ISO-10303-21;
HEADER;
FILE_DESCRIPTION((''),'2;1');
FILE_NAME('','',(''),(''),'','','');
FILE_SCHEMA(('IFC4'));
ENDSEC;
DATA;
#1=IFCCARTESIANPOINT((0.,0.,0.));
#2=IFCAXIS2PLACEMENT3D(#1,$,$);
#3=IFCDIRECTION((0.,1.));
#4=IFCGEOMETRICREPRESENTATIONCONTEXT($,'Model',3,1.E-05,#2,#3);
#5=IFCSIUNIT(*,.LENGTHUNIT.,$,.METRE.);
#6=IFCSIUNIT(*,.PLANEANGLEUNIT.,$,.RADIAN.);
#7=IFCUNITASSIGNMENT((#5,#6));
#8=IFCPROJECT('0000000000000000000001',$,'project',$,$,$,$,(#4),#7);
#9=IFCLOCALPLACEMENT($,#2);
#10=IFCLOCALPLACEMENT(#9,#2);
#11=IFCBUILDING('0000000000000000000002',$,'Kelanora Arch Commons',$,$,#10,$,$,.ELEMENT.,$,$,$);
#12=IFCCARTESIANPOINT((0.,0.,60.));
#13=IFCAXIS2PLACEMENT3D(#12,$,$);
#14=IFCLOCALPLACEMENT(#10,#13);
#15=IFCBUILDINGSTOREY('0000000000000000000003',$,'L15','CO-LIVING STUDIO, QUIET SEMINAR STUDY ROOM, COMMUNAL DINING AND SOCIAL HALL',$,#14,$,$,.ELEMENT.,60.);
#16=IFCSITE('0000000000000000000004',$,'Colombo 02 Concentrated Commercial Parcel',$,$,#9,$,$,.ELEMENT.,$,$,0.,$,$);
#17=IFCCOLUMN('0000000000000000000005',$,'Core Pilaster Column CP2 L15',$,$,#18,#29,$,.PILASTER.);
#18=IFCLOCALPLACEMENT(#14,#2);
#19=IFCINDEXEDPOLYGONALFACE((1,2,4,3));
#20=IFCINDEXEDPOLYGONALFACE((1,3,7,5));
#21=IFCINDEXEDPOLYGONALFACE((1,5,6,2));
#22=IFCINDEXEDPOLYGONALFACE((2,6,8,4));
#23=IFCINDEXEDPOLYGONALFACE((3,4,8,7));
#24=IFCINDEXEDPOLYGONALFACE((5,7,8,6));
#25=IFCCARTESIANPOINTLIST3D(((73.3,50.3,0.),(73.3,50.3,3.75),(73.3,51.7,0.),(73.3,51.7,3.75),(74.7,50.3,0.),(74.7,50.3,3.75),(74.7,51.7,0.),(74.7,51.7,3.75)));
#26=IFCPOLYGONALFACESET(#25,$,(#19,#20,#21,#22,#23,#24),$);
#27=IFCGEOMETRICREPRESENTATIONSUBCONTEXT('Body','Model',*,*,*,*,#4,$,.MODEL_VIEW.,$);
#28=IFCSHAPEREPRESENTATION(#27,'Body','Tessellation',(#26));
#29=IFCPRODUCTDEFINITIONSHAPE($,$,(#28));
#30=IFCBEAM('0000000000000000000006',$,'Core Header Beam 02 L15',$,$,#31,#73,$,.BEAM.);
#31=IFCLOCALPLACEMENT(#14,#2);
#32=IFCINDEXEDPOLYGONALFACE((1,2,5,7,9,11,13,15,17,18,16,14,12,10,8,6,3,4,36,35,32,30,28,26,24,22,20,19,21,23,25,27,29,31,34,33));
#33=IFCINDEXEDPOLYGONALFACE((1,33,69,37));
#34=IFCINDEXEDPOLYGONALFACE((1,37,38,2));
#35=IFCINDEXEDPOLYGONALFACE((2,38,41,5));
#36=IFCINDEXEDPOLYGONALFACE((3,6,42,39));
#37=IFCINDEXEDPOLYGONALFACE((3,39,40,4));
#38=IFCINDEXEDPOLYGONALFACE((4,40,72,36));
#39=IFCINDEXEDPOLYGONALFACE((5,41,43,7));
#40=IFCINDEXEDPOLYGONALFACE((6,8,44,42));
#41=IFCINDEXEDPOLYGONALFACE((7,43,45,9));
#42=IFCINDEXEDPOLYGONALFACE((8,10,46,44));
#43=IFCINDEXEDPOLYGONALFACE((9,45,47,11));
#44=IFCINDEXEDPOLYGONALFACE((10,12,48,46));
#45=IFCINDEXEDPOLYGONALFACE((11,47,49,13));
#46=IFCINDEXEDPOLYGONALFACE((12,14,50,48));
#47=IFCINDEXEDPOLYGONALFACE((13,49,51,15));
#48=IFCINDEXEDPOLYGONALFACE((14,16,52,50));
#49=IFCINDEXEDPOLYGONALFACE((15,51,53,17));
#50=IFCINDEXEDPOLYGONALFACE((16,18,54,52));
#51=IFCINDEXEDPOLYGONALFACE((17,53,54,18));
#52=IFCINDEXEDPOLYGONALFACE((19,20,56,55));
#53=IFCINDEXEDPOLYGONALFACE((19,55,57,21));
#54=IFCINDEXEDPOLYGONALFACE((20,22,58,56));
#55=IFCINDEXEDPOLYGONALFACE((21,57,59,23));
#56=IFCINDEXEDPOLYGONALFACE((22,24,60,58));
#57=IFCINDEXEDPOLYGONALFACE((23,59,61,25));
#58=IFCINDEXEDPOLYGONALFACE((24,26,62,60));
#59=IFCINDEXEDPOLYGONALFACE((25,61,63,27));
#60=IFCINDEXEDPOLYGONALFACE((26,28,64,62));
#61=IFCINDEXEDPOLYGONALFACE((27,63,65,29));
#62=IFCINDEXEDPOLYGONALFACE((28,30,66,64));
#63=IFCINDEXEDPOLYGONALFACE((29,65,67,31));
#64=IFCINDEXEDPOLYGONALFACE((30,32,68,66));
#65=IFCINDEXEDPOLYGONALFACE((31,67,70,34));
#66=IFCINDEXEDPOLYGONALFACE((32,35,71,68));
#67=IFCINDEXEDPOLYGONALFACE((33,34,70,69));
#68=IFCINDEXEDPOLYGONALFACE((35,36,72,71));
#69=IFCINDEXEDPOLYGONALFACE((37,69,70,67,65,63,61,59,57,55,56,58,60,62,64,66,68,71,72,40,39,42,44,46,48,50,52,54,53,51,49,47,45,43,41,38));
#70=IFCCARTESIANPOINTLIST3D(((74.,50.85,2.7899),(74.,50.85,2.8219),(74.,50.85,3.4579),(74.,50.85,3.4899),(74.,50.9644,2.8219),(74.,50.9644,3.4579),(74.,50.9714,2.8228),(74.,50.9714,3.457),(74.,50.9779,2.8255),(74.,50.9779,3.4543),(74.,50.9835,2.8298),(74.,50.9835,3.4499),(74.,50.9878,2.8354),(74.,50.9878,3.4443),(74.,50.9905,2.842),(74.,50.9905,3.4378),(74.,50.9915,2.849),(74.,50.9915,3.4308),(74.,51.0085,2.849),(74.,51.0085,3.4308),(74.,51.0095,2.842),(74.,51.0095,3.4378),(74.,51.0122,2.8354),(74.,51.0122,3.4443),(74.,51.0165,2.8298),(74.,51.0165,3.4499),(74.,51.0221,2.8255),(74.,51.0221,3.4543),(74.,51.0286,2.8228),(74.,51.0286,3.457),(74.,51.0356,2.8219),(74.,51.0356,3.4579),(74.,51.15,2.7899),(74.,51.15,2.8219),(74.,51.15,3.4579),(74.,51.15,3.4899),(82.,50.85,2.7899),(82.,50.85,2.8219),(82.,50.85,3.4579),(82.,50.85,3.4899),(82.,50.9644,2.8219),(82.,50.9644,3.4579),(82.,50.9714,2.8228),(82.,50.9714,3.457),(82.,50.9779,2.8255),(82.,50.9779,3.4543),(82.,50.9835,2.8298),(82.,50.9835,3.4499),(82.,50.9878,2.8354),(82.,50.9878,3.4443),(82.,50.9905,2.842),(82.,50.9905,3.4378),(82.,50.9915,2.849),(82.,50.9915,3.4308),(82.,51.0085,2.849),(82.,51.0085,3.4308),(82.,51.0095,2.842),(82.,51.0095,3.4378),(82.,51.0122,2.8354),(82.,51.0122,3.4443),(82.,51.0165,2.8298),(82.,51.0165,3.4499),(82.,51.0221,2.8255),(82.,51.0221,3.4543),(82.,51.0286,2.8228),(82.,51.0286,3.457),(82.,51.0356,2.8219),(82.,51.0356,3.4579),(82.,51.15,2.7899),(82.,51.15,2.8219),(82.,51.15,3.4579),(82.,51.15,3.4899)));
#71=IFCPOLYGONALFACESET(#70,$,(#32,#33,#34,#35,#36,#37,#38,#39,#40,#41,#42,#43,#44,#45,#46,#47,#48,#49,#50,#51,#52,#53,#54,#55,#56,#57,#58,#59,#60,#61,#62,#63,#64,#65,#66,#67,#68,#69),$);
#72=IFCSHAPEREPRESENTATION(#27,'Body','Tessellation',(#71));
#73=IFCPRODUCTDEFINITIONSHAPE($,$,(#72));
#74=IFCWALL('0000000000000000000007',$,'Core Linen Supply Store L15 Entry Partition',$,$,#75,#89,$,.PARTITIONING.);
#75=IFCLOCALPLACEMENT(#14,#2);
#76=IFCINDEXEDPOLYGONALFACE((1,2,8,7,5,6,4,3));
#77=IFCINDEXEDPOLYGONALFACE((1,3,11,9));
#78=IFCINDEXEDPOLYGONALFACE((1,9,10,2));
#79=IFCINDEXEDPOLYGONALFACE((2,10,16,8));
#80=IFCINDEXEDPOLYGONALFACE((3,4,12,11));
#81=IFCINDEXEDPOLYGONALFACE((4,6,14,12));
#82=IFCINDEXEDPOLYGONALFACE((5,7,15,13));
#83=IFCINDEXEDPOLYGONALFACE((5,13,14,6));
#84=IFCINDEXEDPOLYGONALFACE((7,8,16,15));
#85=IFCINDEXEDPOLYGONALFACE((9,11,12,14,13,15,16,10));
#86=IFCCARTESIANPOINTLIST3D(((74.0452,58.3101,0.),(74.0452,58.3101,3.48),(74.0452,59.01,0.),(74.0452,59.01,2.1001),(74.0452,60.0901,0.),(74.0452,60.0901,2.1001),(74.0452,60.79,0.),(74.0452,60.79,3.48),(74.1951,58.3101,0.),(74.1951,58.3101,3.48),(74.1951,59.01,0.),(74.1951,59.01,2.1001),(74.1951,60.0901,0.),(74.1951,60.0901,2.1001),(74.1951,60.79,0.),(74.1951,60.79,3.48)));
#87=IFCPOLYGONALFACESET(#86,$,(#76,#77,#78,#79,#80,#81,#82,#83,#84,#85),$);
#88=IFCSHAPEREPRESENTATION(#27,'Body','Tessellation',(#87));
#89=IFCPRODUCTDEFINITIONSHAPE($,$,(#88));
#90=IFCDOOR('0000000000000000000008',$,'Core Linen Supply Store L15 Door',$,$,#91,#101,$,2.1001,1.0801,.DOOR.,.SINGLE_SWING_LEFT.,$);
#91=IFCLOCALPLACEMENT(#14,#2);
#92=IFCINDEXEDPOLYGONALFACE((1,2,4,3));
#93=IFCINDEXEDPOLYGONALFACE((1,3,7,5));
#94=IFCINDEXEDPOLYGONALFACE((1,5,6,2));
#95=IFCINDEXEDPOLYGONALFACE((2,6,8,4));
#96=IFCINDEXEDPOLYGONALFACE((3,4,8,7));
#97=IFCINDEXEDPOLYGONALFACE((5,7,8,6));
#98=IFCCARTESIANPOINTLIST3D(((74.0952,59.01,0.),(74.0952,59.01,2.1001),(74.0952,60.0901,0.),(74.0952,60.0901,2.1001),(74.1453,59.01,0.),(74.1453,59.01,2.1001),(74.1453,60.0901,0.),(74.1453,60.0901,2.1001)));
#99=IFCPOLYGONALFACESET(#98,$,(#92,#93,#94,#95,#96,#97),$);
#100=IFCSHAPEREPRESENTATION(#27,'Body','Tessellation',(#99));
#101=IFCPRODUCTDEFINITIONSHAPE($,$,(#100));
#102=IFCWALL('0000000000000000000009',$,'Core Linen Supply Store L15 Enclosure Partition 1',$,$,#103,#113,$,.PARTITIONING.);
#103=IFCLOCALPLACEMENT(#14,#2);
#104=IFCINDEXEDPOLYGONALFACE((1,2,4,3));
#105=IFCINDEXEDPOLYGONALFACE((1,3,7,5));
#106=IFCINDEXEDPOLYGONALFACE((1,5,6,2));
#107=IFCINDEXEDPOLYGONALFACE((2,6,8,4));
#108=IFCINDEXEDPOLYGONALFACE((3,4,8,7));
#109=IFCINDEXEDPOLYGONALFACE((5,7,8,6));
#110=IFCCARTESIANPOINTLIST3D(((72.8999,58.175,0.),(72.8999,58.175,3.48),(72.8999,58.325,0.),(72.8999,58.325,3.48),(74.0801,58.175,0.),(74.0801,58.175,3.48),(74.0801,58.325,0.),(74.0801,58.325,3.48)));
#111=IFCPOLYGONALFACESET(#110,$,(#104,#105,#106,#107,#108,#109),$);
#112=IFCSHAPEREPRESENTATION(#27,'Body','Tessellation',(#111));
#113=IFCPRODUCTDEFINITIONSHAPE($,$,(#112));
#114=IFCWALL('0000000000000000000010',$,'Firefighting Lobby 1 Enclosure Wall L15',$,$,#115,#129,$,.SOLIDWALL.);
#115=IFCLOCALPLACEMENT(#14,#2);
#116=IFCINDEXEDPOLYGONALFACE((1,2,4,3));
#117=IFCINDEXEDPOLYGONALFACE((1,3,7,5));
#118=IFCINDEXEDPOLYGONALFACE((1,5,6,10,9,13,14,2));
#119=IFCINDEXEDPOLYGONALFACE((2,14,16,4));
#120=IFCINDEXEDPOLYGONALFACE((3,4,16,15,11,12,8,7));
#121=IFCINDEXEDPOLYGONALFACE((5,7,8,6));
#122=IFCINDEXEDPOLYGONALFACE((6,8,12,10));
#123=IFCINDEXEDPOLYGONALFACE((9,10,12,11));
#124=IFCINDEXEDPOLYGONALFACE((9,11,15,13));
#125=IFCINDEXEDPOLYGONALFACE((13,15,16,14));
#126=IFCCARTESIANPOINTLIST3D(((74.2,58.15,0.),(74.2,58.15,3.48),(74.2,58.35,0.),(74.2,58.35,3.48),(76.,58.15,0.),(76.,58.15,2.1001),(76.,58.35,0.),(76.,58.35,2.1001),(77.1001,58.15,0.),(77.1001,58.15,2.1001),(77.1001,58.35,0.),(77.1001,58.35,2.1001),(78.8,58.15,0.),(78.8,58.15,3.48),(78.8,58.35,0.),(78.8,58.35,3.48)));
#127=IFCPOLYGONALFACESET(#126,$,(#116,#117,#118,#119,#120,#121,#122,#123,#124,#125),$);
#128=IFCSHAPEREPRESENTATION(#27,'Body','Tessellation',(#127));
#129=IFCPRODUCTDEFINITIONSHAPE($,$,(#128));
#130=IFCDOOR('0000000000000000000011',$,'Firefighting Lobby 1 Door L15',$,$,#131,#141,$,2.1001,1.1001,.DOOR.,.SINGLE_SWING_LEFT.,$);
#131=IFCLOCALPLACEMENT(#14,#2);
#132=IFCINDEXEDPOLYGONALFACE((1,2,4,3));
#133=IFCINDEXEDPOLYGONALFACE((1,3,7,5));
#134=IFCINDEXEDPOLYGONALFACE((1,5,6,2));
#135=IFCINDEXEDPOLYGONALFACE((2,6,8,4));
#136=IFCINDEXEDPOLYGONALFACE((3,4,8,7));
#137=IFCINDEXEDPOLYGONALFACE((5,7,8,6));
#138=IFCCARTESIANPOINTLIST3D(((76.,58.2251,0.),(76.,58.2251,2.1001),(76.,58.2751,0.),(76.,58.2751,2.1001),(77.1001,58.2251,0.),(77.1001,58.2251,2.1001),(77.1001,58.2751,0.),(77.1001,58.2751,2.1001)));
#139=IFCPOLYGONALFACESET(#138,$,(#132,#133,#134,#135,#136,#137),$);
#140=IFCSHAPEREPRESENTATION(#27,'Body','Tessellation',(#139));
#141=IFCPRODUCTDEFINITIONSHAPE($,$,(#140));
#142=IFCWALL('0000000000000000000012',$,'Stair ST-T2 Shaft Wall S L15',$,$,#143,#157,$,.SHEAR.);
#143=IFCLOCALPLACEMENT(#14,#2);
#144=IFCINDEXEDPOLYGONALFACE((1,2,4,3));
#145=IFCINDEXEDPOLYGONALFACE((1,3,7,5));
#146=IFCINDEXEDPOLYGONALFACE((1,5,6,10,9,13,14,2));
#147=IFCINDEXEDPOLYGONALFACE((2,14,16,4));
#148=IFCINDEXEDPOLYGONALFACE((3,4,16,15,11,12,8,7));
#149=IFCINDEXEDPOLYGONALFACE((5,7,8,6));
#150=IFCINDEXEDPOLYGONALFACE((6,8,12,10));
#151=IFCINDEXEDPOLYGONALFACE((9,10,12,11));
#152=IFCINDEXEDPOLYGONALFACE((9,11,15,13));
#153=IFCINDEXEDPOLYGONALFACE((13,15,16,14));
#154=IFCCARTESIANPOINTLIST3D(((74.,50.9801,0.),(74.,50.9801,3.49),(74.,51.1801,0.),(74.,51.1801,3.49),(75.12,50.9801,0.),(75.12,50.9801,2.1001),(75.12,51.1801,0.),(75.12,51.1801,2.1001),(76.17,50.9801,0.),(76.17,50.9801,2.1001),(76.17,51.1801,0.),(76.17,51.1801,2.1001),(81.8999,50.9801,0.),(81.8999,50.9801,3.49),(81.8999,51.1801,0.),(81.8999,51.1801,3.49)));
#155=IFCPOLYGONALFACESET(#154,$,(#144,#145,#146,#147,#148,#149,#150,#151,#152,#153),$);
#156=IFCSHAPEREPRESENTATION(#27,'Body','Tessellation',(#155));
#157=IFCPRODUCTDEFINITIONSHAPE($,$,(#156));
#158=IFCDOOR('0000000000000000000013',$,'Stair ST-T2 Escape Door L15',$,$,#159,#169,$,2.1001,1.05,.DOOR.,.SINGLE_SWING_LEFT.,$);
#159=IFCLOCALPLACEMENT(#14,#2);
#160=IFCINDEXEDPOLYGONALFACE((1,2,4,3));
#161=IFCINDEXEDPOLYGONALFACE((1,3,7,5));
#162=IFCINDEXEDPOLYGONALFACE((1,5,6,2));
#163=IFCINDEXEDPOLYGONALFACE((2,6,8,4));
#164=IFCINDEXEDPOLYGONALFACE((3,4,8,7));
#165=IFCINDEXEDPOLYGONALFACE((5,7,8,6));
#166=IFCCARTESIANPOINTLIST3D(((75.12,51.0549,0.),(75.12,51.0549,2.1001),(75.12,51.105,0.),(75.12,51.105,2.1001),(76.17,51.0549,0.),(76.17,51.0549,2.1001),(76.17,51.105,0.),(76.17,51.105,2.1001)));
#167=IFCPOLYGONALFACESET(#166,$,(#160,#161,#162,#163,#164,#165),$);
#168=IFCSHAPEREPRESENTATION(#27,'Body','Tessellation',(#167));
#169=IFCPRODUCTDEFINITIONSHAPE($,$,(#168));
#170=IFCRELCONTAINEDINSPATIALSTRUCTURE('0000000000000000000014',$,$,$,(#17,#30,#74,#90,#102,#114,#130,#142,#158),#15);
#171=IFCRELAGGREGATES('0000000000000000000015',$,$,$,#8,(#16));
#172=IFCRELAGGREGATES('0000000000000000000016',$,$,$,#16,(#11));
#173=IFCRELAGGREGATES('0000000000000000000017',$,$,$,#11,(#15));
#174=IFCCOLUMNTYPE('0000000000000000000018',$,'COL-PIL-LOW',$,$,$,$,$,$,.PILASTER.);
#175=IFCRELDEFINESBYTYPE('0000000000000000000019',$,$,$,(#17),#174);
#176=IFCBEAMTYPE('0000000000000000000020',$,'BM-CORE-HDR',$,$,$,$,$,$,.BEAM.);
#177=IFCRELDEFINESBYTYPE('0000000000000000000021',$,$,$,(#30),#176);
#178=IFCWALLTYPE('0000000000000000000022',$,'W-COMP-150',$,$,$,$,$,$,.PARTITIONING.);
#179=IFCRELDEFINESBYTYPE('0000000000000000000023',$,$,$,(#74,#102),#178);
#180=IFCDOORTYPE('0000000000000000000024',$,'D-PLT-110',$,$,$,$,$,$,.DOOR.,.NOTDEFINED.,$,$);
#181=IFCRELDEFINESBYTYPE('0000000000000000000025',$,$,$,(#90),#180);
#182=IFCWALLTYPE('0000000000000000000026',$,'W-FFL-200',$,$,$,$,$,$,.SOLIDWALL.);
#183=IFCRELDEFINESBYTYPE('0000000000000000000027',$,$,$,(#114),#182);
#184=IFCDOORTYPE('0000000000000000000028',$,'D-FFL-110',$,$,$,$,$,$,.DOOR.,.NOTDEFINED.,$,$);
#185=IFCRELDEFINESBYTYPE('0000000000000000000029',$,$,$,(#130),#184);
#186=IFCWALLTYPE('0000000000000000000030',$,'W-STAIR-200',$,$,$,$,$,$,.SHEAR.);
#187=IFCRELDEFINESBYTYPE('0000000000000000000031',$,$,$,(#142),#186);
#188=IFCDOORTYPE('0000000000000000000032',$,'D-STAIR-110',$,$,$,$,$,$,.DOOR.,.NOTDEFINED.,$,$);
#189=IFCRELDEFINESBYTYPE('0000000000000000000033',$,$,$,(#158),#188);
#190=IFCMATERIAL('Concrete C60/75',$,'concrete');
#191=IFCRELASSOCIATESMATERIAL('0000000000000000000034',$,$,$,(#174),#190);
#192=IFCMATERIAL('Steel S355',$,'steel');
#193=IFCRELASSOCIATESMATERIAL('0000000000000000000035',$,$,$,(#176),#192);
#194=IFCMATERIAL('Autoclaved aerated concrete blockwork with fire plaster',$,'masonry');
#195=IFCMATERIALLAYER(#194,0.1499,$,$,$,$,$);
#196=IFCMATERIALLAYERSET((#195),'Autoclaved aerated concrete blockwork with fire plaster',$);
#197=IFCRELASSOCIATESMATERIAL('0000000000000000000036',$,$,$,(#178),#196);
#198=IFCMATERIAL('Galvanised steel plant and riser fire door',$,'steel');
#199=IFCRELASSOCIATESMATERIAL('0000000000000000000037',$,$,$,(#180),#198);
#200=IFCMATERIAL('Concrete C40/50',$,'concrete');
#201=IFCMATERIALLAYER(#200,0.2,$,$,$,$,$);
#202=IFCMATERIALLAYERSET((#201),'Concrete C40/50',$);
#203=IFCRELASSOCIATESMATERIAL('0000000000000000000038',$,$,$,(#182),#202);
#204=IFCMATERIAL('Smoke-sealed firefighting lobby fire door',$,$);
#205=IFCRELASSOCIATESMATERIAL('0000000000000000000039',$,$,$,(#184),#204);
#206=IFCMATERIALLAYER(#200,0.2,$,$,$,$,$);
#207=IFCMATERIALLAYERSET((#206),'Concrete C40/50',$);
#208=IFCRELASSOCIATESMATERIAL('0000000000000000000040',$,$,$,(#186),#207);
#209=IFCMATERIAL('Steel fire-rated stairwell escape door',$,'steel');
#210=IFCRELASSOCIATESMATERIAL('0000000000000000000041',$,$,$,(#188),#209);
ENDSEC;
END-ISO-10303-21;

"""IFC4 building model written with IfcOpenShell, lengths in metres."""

from ifc_helpers import new_model, si_unit, direction, frame, frame_2d, origin, origin_2d, place, context, subcontext, project, spatial, rectangle, i_section, extrude, material, layer, layer_set, material_profile, profile_set, type_object, element, fill, save


model = new_model("IFC4")

# Units and contexts
model_context = context("Model", 3, precision=1e-05, world=origin(), true_north=direction((0.0, 1.0)))
body_context = subcontext(model_context, "Body", "Model", "MODEL_VIEW")
ifc_project = project(units=[si_unit("LENGTHUNIT", "METRE"), si_unit("PLANEANGLEUNIT", "RADIAN")], contexts=[model_context])

# Site, building, storey
site_placement = place(None, origin())
site = spatial("IfcSite", under=ifc_project, at=site_placement, Name="Colombo 02 Concentrated Commercial Parcel", CompositionType="ELEMENT", RefElevation=0.0)
building_placement = place(site_placement, origin())
building = spatial("IfcBuilding", under=site, at=building_placement, Name="Kelanora Arch Commons", CompositionType="ELEMENT")
storey_placement = place(building_placement, frame((0.0, 0.0, 60.0)))
storey = spatial("IfcBuildingStorey", under=building, at=storey_placement, Name="L15", Description="CO-LIVING STUDIO, QUIET SEMINAR STUDY ROOM, COMMUNAL DINING AND SOCIAL HALL", CompositionType="ELEMENT", Elevation=60.0)

# Column
ifc_material_1 = material(Name="Concrete C60/75", Category="concrete")
ifc_material_profile_1 = material_profile(ifc_material_1, rectangle(XDim=1.3999, YDim=1.3999, at=origin_2d()), Name="RC1400x1400")
ifc_profile_set_1 = profile_set([ifc_material_profile_1], Name="Concrete C60/75")
column_type = type_object("IfcColumnType", Name="COL-PIL-LOW", PredefinedType="PILASTER", material=ifc_profile_set_1)
column_placement = place(storey_placement, frame((74.0, 51.0, 0.0), z_axis=(0.0, 0.0, 1.0), x_axis=(1.0, 0.0, 0.0)))
element("IfcColumn", 1, at=column_placement, inside=storey, type_object=column_type, Name="Core Pilaster Column CP2 L15", PredefinedType="PILASTER", context=body_context, shape_type="SweptSolid", body=[
    extrude(rectangle(XDim=1.3999, YDim=1.3999, at=origin_2d()), origin(), (0.0, 0.0, 1.0), 3.75),
])

# Beam
ifc_material_2 = material(Name="Steel S355", Category="steel")
ifc_material_profile_2 = material_profile(ifc_material_2, i_section(OverallWidth=0.3, OverallDepth=0.7, WebThickness=0.0171, FlangeThickness=0.032, FilletRadius=0.0271, at=origin_2d()), Name="HEB700")
ifc_profile_set_2 = profile_set([ifc_material_profile_2], Name="Steel S355")
beam_type = type_object("IfcBeamType", Name="BM-CORE-HDR", PredefinedType="BEAM", material=ifc_profile_set_2)
beam_placement = place(storey_placement, frame((74.0, 51.0, 3.1399), z_axis=(1.0, 0.0, 0.0), x_axis=(0.0, 1.0, 0.0)))
element("IfcBeam", 2, at=beam_placement, inside=storey, type_object=beam_type, Name="Core Header Beam 02 L15", PredefinedType="BEAM", context=body_context, shape_type="SweptSolid", body=[
    extrude(i_section(OverallWidth=0.3, OverallDepth=0.7, WebThickness=0.0171, FlangeThickness=0.032, FilletRadius=0.0271, at=origin_2d()), origin(), (0.0, 0.0, 1.0), 8.0),
])

# Wall, opening, door
ifc_material_3 = material(Name="Autoclaved aerated concrete blockwork with fire plaster", Category="masonry")
ifc_layer_1 = layer(ifc_material_3, 0.1499)
ifc_layer_set_1 = layer_set([ifc_layer_1], Name="Autoclaved aerated concrete blockwork with fire plaster")
wall_type_1 = type_object("IfcWallType", Name="W-COMP-150", PredefinedType="PARTITIONING", material=ifc_layer_set_1)
wall_1_placement = place(storey_placement, frame((74.1201, 58.3101, 0.0), z_axis=(0.0, 0.0, 1.0), x_axis=(0.0, 1.0, 0.0)))
wall_1 = element("IfcWall", 3, at=wall_1_placement, inside=storey, type_object=wall_type_1, Name="Core Linen Supply Store L15 Entry Partition", PredefinedType="PARTITIONING", context=body_context, shape_type="SweptSolid", body=[
    extrude(rectangle(XDim=2.48, YDim=0.1499, at=frame_2d((1.24, 0.0))), origin(), (0.0, 0.0, 1.0), 3.48),
])
opening_1_placement = place(wall_1_placement, frame((0.7, 0.0, 0.0)))
opening_1 = element("IfcOpeningElement", 4, at=opening_1_placement, cuts=wall_1, PredefinedType="OPENING", context=body_context, shape_type="SweptSolid", body=[
    extrude(rectangle(XDim=1.0801, YDim=2.1001, at=frame_2d((0.54, 1.05))), frame((0.0, 0.085, 0.0), z_axis=(0.0, -1.0, 0.0), x_axis=(1.0, 0.0, 0.0)), (0.0, 0.0, 1.0), 0.1699),
])
ifc_material_4 = material(Name="Galvanised steel plant and riser fire door", Category="steel")
door_type_1 = type_object("IfcDoorType", Name="D-PLT-110", OperationType="NOTDEFINED", PredefinedType="DOOR", material=ifc_material_4)
door_1_placement = place(opening_1_placement, origin())
door_1 = element("IfcDoor", 5, at=door_1_placement, inside=storey, type_object=door_type_1, Name="Core Linen Supply Store L15 Door", OperationType="SINGLE_SWING_LEFT", OverallHeight=2.1001, OverallWidth=1.0801, PredefinedType="DOOR", context=body_context, shape_type="SweptSolid", body=[
    extrude(rectangle(XDim=1.0801, YDim=2.1001, at=frame_2d((0.54, 1.05))), frame((0.0, 0.0249, 0.0), z_axis=(0.0, -1.0, 0.0), x_axis=(1.0, 0.0, 0.0)), (0.0, 0.0, 1.0), 0.05),
])
fill(opening_1, door_1)

# Wall
wall_2_placement = place(storey_placement, frame((72.8999, 58.25, 0.0), z_axis=(0.0, 0.0, 1.0), x_axis=(1.0, 0.0, 0.0)))
element("IfcWall", 6, at=wall_2_placement, inside=storey, type_object=wall_type_1, Name="Core Linen Supply Store L15 Enclosure Partition 1", PredefinedType="PARTITIONING", context=body_context, shape_type="SweptSolid", body=[
    extrude(rectangle(XDim=1.1802, YDim=0.1499, at=frame_2d((0.5901, 0.0))), origin(), (0.0, 0.0, 1.0), 3.48),
])

# Walls, openings, doors
ifc_material_5 = material(Name="Concrete C40/50", Category="concrete")
ifc_layer_2 = layer(ifc_material_5, 0.2)
ifc_layer_set_2 = layer_set([ifc_layer_2], Name="Concrete C40/50")
wall_type_2 = type_object("IfcWallType", Name="W-FFL-200", PredefinedType="SOLIDWALL", material=ifc_layer_set_2)
wall_3_placement = place(storey_placement, frame((74.2, 58.25, 0.0), z_axis=(0.0, 0.0, 1.0), x_axis=(1.0, 0.0, 0.0)))
wall_3 = element("IfcWall", 7, at=wall_3_placement, inside=storey, type_object=wall_type_2, Name="Firefighting Lobby 1 Enclosure Wall L15", PredefinedType="SOLIDWALL", context=body_context, shape_type="SweptSolid", body=[
    extrude(rectangle(XDim=4.6001, YDim=0.2, at=frame_2d((2.3, 0.0))), origin(), (0.0, 0.0, 1.0), 3.48),
])
opening_2_placement = place(wall_3_placement, frame((1.8, 0.0, 0.0)))
opening_2 = element("IfcOpeningElement", 8, at=opening_2_placement, cuts=wall_3, PredefinedType="OPENING", context=body_context, shape_type="SweptSolid", body=[
    extrude(rectangle(XDim=1.1001, YDim=2.1001, at=frame_2d((0.55, 1.05))), frame((0.0, 0.1099, 0.0), z_axis=(0.0, -1.0, 0.0), x_axis=(1.0, 0.0, 0.0)), (0.0, 0.0, 1.0), 0.22),
])
ifc_material_6 = material(Name="Smoke-sealed firefighting lobby fire door")
door_type_2 = type_object("IfcDoorType", Name="D-FFL-110", OperationType="NOTDEFINED", PredefinedType="DOOR", material=ifc_material_6)
door_2_placement = place(opening_2_placement, frame((1.1001, 0.0, 0.0), z_axis=(0.0, 0.0, 1.0), x_axis=(-1.0, 0.0, 0.0)))
door_2 = element("IfcDoor", 9, at=door_2_placement, inside=storey, type_object=door_type_2, Name="Firefighting Lobby 1 Door L15", OperationType="SINGLE_SWING_LEFT", OverallHeight=2.1001, OverallWidth=1.1001, PredefinedType="DOOR", context=body_context, shape_type="SweptSolid", body=[
    extrude(rectangle(XDim=1.1001, YDim=2.1001, at=frame_2d((0.55, 1.05))), frame((0.0, 0.0249, 0.0), z_axis=(0.0, -1.0, 0.0), x_axis=(1.0, 0.0, 0.0)), (0.0, 0.0, 1.0), 0.05),
])
fill(opening_2, door_2)
ifc_layer_3 = layer(ifc_material_5, 0.2)
ifc_layer_set_3 = layer_set([ifc_layer_3], Name="Concrete C40/50")
wall_type_3 = type_object("IfcWallType", Name="W-STAIR-200", PredefinedType="SHEAR", material=ifc_layer_set_3)
wall_4_placement = place(storey_placement, frame((74.0, 51.0801, 0.0), z_axis=(0.0, 0.0, 1.0), x_axis=(1.0, 0.0, 0.0)))
wall_4 = element("IfcWall", 10, at=wall_4_placement, inside=storey, type_object=wall_type_3, Name="Stair ST-T2 Shaft Wall S L15", PredefinedType="SHEAR", context=body_context, shape_type="SweptSolid", body=[
    extrude(rectangle(XDim=7.8999, YDim=0.2, at=frame_2d((3.95, 0.0))), origin(), (0.0, 0.0, 1.0), 3.49),
])
opening_3_placement = place(wall_4_placement, frame((1.1201, 0.0, 0.0)))
opening_3 = element("IfcOpeningElement", 11, at=opening_3_placement, cuts=wall_4, PredefinedType="OPENING", context=body_context, shape_type="SweptSolid", body=[
    extrude(rectangle(XDim=1.05, YDim=2.1001, at=frame_2d((0.5249, 1.05))), frame((0.0, 0.1099, 0.0), z_axis=(0.0, -1.0, 0.0), x_axis=(1.0, 0.0, 0.0)), (0.0, 0.0, 1.0), 0.22),
])
ifc_material_7 = material(Name="Steel fire-rated stairwell escape door", Category="steel")
door_type_3 = type_object("IfcDoorType", Name="D-STAIR-110", OperationType="NOTDEFINED", PredefinedType="DOOR", material=ifc_material_7)
door_3_placement = place(opening_3_placement, origin())
door_3 = element("IfcDoor", 12, at=door_3_placement, inside=storey, type_object=door_type_3, Name="Stair ST-T2 Escape Door L15", OperationType="SINGLE_SWING_LEFT", OverallHeight=2.1001, OverallWidth=1.05, PredefinedType="DOOR", context=body_context, shape_type="SweptSolid", body=[
    extrude(rectangle(XDim=1.05, YDim=2.1001, at=frame_2d((0.5249, 1.05))), frame((0.0, 0.0249, 0.0), z_axis=(0.0, -1.0, 0.0), x_axis=(1.0, 0.0, 0.0)), (0.0, 0.0, 1.0), 0.05),
])
fill(opening_3, door_3)

save(model, "model.ifc")
